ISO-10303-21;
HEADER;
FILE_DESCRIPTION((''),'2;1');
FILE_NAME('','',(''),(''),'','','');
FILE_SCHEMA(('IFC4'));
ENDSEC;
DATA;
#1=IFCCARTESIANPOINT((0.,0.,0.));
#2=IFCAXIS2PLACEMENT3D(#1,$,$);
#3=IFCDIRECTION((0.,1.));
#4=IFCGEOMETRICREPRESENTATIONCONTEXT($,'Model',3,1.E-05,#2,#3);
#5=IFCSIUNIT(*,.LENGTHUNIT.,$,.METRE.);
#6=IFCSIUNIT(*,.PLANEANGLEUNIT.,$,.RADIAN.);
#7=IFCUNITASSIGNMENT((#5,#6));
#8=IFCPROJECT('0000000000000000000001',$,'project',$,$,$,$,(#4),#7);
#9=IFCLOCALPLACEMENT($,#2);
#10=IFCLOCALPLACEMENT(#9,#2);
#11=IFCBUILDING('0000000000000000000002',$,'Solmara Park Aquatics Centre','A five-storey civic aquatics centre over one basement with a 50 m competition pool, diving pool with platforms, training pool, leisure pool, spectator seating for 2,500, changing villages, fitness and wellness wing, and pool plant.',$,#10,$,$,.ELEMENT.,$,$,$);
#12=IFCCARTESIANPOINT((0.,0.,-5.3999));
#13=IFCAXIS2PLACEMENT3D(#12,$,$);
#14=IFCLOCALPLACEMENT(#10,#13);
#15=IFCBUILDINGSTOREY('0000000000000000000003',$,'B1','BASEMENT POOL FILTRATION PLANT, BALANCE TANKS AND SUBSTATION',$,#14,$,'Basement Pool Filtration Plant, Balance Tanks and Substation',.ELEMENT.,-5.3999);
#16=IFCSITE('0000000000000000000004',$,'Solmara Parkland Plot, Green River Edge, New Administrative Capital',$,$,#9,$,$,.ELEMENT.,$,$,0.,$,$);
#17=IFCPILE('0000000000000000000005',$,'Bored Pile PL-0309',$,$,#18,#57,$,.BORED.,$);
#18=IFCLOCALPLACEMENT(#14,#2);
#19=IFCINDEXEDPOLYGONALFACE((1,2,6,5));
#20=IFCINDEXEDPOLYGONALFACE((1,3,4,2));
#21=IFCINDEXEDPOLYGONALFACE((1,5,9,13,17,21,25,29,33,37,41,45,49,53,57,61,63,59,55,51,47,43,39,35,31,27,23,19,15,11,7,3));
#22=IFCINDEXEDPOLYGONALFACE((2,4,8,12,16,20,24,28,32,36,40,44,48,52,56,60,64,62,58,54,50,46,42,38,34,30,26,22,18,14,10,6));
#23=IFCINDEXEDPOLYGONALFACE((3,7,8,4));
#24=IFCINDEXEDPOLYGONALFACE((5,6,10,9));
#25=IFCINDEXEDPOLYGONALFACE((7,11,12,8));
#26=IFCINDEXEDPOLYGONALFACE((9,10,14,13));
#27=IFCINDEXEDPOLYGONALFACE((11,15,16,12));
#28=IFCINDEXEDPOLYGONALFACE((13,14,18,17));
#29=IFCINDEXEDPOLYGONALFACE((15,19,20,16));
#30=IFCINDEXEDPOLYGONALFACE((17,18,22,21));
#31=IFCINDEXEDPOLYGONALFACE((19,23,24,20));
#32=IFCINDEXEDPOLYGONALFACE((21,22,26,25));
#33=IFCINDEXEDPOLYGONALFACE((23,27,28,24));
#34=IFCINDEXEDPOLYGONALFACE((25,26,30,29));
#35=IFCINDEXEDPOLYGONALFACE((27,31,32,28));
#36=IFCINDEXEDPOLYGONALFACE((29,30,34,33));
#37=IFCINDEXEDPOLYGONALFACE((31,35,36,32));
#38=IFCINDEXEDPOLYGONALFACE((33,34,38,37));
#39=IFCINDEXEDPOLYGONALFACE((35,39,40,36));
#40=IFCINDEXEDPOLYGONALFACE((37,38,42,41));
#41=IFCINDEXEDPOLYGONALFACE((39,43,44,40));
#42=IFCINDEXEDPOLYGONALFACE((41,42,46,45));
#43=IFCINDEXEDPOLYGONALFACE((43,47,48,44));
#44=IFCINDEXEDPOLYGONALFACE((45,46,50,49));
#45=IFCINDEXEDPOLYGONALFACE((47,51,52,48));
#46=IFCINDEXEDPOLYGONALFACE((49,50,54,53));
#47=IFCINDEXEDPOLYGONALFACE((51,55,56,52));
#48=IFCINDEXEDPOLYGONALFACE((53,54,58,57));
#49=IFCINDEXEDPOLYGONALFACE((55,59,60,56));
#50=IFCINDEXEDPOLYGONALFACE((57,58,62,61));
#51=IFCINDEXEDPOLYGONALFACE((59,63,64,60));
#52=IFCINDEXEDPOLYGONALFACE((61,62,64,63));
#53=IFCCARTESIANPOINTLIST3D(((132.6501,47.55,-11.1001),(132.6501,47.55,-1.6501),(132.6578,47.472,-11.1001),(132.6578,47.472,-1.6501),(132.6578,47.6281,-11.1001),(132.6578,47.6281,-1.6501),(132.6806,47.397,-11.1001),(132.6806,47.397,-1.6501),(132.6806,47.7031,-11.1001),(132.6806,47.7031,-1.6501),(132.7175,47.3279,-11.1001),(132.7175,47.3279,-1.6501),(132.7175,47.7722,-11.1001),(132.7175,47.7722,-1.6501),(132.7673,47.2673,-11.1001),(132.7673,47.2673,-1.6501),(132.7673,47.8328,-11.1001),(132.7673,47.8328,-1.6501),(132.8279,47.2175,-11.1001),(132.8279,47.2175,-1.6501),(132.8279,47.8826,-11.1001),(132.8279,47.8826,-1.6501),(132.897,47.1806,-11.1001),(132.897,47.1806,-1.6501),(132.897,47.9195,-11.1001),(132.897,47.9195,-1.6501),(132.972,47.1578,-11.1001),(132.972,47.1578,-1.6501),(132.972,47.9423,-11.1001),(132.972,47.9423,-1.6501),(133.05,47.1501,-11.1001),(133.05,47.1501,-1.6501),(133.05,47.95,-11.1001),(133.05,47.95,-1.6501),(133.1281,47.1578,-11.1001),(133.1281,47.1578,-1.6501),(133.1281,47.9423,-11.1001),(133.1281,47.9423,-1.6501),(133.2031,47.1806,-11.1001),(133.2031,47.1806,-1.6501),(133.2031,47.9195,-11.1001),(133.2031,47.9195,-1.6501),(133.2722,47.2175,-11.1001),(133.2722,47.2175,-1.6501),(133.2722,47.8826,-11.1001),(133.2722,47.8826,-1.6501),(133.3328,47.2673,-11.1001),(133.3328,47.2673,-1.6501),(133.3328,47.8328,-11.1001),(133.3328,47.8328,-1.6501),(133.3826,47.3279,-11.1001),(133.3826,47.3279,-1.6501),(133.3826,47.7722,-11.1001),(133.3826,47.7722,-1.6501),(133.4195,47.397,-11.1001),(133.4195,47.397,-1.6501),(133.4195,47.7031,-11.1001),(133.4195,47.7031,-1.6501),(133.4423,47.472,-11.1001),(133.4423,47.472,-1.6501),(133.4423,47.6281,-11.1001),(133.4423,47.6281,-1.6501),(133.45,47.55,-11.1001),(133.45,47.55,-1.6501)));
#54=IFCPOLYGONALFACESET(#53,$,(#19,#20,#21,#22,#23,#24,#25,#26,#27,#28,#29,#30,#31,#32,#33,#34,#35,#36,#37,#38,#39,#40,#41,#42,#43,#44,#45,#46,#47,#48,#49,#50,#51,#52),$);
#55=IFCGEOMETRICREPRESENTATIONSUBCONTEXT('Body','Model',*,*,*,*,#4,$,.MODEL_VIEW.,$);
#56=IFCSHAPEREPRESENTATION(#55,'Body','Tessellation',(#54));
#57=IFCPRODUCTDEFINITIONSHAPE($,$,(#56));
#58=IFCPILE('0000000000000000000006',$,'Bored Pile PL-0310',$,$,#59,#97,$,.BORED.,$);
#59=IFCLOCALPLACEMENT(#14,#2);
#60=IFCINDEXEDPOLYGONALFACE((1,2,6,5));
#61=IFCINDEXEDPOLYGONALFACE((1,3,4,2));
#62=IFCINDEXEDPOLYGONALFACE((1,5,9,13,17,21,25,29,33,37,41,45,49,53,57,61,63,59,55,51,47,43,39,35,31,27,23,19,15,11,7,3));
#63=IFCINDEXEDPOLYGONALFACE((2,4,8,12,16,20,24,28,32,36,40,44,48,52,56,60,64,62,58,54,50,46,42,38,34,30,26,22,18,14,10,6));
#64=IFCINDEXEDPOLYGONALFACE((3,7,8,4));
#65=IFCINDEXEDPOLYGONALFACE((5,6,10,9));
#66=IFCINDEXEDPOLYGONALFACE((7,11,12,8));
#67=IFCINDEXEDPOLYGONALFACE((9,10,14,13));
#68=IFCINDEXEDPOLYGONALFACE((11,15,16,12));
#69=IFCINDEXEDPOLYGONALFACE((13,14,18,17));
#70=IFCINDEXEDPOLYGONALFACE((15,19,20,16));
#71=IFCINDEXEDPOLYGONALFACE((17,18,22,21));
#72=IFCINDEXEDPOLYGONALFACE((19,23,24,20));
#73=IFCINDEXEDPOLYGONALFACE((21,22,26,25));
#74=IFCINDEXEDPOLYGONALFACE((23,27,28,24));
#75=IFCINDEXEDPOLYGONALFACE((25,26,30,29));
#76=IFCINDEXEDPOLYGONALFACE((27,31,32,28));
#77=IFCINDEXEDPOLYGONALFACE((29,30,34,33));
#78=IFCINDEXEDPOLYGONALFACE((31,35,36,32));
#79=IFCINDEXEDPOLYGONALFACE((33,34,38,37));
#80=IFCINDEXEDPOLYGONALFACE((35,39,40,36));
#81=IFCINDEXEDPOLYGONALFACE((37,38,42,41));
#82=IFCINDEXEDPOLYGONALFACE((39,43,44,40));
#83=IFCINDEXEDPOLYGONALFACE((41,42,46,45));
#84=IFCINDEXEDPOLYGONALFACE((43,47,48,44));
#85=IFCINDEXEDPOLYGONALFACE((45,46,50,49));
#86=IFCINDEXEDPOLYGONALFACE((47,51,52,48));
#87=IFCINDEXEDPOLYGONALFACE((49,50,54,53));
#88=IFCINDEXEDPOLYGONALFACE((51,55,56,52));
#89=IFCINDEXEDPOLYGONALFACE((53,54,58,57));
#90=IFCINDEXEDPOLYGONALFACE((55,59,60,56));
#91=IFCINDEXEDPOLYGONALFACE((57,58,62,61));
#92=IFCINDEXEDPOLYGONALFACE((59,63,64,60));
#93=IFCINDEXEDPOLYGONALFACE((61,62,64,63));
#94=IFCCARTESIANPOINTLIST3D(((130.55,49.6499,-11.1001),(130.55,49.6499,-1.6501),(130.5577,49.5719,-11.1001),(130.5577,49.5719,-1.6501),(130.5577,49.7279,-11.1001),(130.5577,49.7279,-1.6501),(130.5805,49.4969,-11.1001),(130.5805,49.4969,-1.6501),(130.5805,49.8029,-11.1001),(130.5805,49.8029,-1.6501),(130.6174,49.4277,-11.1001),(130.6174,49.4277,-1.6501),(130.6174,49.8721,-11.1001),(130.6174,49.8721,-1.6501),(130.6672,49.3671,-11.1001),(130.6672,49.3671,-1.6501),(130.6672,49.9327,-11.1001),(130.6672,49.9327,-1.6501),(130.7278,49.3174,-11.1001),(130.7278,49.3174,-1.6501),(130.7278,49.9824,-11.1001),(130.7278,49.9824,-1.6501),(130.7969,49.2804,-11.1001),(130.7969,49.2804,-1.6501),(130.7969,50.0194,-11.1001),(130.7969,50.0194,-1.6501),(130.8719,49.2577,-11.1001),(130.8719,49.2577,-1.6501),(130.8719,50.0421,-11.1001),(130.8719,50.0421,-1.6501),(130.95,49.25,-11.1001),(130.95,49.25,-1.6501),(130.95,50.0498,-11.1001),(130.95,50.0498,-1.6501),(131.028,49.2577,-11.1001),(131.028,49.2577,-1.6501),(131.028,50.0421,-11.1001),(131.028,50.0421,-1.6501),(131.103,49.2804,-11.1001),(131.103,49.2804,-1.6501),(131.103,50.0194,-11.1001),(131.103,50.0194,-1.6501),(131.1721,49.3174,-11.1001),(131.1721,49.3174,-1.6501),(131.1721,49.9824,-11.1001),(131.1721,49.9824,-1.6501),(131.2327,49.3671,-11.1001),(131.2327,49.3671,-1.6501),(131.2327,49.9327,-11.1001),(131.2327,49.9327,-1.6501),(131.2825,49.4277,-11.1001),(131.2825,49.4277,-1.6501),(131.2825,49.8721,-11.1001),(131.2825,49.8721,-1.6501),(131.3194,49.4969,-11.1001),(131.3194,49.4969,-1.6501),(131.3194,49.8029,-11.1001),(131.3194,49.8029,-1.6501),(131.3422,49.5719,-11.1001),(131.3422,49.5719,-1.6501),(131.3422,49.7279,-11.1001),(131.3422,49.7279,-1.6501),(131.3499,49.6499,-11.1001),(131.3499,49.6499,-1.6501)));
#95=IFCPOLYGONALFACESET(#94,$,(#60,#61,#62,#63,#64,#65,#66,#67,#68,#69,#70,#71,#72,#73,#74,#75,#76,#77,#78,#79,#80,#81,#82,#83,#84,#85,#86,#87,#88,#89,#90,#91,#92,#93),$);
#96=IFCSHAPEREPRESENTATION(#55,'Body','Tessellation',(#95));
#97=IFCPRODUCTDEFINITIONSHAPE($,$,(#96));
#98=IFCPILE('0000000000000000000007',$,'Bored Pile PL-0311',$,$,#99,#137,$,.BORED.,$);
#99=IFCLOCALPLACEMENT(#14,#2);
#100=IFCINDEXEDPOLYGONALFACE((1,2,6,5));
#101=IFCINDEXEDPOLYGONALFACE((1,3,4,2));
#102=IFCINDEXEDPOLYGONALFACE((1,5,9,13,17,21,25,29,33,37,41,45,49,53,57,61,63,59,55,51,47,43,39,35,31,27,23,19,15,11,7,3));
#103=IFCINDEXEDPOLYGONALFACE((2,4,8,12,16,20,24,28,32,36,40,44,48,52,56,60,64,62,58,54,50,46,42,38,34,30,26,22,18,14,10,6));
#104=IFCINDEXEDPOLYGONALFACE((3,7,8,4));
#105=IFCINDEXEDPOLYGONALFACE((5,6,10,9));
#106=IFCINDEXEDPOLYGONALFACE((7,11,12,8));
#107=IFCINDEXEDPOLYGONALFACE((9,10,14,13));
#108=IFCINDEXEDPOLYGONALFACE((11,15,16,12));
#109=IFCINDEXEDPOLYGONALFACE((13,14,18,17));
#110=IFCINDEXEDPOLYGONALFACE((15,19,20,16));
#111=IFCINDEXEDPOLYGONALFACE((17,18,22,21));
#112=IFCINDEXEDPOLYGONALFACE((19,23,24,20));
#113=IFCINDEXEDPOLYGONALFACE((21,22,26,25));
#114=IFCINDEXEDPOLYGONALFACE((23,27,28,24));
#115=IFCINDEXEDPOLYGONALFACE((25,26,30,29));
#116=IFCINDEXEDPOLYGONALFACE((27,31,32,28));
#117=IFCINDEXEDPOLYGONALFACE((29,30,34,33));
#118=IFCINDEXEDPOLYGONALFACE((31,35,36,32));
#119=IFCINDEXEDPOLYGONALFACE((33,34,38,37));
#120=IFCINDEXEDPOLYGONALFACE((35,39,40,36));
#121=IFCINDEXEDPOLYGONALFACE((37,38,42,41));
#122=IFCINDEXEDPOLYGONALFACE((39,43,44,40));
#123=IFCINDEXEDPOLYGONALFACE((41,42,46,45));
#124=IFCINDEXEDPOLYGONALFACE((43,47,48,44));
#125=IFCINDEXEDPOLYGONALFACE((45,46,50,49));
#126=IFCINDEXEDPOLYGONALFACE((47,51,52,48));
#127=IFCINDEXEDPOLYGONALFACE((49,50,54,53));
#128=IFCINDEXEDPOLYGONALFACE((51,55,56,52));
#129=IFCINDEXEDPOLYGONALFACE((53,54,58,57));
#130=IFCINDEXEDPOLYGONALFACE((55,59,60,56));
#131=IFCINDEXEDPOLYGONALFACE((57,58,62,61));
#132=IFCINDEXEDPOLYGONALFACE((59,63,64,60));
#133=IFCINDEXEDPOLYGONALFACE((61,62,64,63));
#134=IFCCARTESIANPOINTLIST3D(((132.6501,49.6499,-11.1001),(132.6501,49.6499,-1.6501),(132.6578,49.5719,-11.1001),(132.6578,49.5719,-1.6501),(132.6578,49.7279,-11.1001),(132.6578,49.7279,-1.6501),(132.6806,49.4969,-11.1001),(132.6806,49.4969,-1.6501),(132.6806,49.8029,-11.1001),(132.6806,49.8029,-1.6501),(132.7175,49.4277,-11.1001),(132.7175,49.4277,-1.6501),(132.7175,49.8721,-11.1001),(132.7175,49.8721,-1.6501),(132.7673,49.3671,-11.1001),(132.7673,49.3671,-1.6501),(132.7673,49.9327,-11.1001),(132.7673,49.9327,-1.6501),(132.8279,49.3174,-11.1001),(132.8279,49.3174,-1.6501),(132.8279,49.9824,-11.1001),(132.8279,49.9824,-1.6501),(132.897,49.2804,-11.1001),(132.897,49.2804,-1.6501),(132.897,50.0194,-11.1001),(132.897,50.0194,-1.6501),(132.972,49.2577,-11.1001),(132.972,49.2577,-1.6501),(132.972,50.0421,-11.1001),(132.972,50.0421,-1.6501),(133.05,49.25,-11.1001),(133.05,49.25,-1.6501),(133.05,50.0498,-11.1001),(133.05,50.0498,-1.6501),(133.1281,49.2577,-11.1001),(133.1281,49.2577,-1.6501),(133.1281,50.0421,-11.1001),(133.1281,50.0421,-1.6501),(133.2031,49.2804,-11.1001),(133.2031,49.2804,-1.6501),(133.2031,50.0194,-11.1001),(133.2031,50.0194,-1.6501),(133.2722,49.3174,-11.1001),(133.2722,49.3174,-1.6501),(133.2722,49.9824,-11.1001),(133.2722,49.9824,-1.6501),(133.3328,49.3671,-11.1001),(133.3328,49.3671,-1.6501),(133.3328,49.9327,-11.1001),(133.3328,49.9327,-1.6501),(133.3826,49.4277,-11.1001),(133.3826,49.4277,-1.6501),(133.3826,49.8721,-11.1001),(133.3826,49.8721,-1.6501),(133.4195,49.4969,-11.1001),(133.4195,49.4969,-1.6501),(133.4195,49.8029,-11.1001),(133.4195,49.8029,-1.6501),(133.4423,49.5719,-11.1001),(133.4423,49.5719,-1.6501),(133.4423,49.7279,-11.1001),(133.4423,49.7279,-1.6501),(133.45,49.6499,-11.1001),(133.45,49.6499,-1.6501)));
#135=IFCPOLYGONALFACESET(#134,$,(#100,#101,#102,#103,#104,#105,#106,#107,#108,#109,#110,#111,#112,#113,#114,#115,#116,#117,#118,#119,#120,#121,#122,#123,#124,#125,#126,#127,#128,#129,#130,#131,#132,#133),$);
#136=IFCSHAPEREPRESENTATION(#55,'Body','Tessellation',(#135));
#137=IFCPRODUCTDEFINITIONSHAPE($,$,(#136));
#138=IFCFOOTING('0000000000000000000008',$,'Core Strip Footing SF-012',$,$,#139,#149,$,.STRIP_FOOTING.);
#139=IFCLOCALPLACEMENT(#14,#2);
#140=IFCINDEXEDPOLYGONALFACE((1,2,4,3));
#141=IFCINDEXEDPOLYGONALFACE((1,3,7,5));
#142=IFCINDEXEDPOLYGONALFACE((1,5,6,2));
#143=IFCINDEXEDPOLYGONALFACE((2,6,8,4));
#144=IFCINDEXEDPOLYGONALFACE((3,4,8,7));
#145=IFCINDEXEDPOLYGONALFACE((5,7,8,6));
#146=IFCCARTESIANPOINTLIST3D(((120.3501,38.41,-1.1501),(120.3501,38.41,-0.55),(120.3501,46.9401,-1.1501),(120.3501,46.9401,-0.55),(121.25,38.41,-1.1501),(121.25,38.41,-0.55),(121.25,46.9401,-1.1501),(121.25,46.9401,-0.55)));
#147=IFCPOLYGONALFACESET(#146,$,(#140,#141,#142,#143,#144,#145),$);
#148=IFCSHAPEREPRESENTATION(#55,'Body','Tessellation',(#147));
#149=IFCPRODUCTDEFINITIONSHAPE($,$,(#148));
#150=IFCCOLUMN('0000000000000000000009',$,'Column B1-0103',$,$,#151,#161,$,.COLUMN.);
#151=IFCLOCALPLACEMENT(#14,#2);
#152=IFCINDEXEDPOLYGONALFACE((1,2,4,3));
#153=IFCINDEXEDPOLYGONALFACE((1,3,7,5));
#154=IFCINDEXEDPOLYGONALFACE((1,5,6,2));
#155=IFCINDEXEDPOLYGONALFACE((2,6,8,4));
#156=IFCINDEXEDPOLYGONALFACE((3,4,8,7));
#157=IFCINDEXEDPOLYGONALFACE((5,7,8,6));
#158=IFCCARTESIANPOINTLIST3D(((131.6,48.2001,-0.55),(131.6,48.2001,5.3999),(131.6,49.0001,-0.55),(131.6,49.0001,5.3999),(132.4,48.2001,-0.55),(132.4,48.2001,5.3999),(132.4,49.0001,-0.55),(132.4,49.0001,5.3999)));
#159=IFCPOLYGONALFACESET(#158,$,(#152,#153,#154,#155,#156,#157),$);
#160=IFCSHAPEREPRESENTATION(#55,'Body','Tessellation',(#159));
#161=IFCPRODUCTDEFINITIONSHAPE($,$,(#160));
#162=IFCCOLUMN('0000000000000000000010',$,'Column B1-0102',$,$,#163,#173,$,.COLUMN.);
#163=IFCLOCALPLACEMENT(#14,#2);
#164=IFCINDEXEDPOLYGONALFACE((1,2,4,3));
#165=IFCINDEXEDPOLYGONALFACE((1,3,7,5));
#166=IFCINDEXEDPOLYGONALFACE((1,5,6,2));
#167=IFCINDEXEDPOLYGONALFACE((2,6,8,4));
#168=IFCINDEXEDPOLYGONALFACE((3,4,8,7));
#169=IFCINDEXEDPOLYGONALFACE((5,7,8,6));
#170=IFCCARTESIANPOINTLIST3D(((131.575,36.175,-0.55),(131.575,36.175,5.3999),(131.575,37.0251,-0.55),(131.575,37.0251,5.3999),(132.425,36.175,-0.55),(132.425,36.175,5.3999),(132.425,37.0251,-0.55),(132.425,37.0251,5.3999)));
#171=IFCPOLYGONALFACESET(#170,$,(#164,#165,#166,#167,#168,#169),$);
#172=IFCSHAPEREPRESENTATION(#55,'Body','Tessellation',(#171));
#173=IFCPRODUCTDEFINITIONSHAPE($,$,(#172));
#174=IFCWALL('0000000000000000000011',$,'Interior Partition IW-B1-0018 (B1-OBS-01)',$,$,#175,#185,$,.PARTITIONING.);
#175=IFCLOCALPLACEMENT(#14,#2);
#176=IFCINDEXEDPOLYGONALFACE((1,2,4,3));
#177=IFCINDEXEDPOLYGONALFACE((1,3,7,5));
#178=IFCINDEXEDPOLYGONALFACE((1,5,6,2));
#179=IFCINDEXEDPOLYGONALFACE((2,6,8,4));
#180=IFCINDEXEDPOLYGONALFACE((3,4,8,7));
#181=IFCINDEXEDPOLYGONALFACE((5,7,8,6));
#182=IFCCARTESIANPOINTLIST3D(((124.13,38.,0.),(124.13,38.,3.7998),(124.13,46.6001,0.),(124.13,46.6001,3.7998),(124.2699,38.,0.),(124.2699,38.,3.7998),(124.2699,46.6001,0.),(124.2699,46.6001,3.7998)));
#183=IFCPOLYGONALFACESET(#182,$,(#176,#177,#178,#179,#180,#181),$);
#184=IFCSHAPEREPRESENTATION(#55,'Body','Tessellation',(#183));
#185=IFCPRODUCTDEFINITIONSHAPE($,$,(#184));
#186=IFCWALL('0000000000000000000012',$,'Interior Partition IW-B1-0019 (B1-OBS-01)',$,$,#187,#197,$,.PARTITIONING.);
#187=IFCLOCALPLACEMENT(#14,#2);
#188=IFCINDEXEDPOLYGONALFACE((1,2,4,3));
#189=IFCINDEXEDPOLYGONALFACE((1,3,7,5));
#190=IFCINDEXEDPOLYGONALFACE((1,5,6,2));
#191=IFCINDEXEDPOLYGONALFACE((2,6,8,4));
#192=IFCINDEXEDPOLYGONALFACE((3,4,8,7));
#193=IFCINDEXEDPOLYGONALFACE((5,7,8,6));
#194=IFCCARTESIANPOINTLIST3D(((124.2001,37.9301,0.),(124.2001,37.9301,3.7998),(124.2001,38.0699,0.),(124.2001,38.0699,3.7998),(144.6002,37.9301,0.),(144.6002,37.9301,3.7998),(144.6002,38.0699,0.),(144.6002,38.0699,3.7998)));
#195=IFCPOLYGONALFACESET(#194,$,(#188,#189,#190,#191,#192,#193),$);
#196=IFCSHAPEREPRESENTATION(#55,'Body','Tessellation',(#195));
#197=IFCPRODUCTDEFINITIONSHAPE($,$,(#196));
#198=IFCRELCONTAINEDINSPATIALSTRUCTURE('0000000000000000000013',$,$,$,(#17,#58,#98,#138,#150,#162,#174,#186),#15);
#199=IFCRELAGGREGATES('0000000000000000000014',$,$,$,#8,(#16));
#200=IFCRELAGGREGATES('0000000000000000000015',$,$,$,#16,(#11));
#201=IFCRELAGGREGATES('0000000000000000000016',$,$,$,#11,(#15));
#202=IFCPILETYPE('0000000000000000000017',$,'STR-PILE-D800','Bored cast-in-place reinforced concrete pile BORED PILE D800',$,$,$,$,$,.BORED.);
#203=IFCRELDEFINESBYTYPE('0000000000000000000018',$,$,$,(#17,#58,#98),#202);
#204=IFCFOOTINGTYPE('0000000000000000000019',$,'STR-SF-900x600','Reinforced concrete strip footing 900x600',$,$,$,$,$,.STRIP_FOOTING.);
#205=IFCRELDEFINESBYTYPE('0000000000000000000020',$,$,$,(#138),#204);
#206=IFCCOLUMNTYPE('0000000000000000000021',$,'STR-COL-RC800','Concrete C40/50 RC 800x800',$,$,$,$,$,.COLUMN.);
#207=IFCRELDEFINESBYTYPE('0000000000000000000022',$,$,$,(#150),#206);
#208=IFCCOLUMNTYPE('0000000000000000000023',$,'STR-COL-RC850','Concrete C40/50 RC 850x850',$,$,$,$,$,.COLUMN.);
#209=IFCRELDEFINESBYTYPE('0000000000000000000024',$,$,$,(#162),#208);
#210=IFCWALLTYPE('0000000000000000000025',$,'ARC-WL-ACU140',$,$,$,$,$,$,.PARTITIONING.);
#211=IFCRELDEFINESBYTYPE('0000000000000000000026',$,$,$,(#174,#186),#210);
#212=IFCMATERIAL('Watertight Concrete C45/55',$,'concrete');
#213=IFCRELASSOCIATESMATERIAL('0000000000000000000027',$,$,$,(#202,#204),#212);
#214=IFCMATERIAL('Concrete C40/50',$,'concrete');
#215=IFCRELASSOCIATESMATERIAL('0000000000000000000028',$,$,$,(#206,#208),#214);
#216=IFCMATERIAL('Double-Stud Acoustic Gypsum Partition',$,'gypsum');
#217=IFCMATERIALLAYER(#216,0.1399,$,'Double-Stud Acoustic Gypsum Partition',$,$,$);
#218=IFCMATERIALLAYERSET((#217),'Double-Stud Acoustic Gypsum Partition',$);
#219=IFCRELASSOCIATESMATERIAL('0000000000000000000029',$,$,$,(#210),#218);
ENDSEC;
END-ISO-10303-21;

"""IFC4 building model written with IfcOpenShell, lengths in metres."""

from ifc_helpers import new_model, si_unit, direction, frame, frame_2d, origin, origin_2d, place, context, subcontext, project, spatial, rectangle, circle, extrude, material, layer, layer_set, material_profile, profile_set, type_object, element, save


model = new_model("IFC4")

# Units and contexts
model_context = context("Model", 3, precision=1e-05, world=origin(), true_north=direction((0.0, 1.0)))
body_context = subcontext(model_context, "Body", "Model", "MODEL_VIEW")
ifc_project = project(units=[si_unit("LENGTHUNIT", "METRE"), si_unit("PLANEANGLEUNIT", "RADIAN")], contexts=[model_context])

# Site, building, storey
site_placement = place(None, origin())
site = spatial("IfcSite", under=ifc_project, at=site_placement, Name="Solmara Parkland Plot, Green River Edge, New Administrative Capital", CompositionType="ELEMENT", RefElevation=0.0)
building_placement = place(site_placement, origin())
building = spatial("IfcBuilding", under=site, at=building_placement, Name="Solmara Park Aquatics Centre", Description="A five-storey civic aquatics centre over one basement with a 50 m competition pool, diving pool with platforms, training pool, leisure pool, spectator seating for 2,500, changing villages, fitness and wellness wing, and pool plant.", CompositionType="ELEMENT")
storey_placement = place(building_placement, frame((0.0, 0.0, -5.3999)))
storey = spatial("IfcBuildingStorey", under=building, at=storey_placement, Name="B1", Description="BASEMENT POOL FILTRATION PLANT, BALANCE TANKS AND SUBSTATION", LongName="Basement Pool Filtration Plant, Balance Tanks and Substation", CompositionType="ELEMENT", Elevation=-5.3999)

# Shared definitions
ifc_material_1 = material(Name="Watertight Concrete C45/55", Category="concrete")

# Piles
ifc_material_profile_1 = material_profile(ifc_material_1, circle(Radius=0.3999, at=origin_2d()), Name="BORED PILE D800")
ifc_profile_set_1 = profile_set([ifc_material_profile_1], Name="Watertight Concrete C45/55")
pile_type_1 = type_object("IfcPileType", Name="STR-PILE-D800", Description="Bored cast-in-place reinforced concrete pile BORED PILE D800", PredefinedType="BORED", material=ifc_profile_set_1)
for number, where, z_axis, x_axis, name in (
    (1, (133.05, 47.55, -1.6501), (0.0, 0.0, -1.0), (1.0, 0.0, 0.0), "Bored Pile PL-0309"),
    (2, (130.95, 49.6499, -1.6501), (0.0, 0.0, -1.0), (1.0, 0.0, 0.0), "Bored Pile PL-0310"),
    (3, (133.05, 49.6499, -1.6501), (0.0, 0.0, -1.0), (1.0, 0.0, 0.0), "Bored Pile PL-0311"),
):
    element("IfcPile", number, at=place(storey_placement, frame(where, z_axis=z_axis, x_axis=x_axis)), inside=storey, type_object=pile_type_1, Name=name, PredefinedType="BORED", context=body_context, shape_type="SweptSolid", body=[
        extrude(circle(Radius=0.3999, at=origin_2d()), origin(), (0.0, 0.0, 1.0), 9.45),
    ])

# Footing
footing_type_1 = type_object("IfcFootingType", Name="STR-SF-900x600", Description="Reinforced concrete strip footing 900x600", PredefinedType="STRIP_FOOTING", material=ifc_material_1)
footing_1_placement = place(storey_placement, frame((120.8, 42.675, -1.1501), z_axis=(0.0, 0.0, 1.0), x_axis=(1.0, 0.0, 0.0)))
element("IfcFooting", 4, at=footing_1_placement, inside=storey, type_object=footing_type_1, Name="Core Strip Footing SF-012", PredefinedType="STRIP_FOOTING", context=body_context, shape_type="SweptSolid", body=[
    extrude(rectangle(XDim=0.8999, YDim=8.53, at=origin_2d()), origin(), (0.0, 0.0, 1.0), 0.6001),
])

# Columns
ifc_material_2 = material(Name="Concrete C40/50", Category="concrete")
ifc_material_profile_2 = material_profile(ifc_material_2, rectangle(XDim=0.8, YDim=0.8, at=origin_2d()), Name="RC 800x800")
ifc_profile_set_2 = profile_set([ifc_material_profile_2], Name="Concrete C40/50")
column_type_1 = type_object("IfcColumnType", Name="STR-COL-RC800", Description="Concrete C40/50 RC 800x800", PredefinedType="COLUMN", material=ifc_profile_set_2)
column_1_placement = place(storey_placement, frame((132.0, 48.6001, -0.55), z_axis=(0.0, 0.0, 1.0), x_axis=(1.0, 0.0, 0.0)))
element("IfcColumn", 5, at=column_1_placement, inside=storey, type_object=column_type_1, Name="Column B1-0103", PredefinedType="COLUMN", context=body_context, shape_type="SweptSolid", body=[
    extrude(rectangle(XDim=0.8, YDim=0.8, at=origin_2d()), origin(), (0.0, 0.0, 1.0), 5.95),
])
ifc_material_profile_3 = material_profile(ifc_material_2, rectangle(XDim=0.8501, YDim=0.8501, at=origin_2d()), Name="RC 850x850")
ifc_profile_set_3 = profile_set([ifc_material_profile_3], Name="Concrete C40/50")
column_type_2 = type_object("IfcColumnType", Name="STR-COL-RC850", Description="Concrete C40/50 RC 850x850", PredefinedType="COLUMN", material=ifc_profile_set_3)
column_2_placement = place(storey_placement, frame((132.0, 36.6001, -0.55), z_axis=(0.0, 0.0, 1.0), x_axis=(1.0, 0.0, 0.0)))
element("IfcColumn", 6, at=column_2_placement, inside=storey, type_object=column_type_2, Name="Column B1-0102", PredefinedType="COLUMN", context=body_context, shape_type="SweptSolid", body=[
    extrude(rectangle(XDim=0.8501, YDim=0.8501, at=origin_2d()), origin(), (0.0, 0.0, 1.0), 5.95),
])

# Walls
ifc_material_3 = material(Name="Double-Stud Acoustic Gypsum Partition", Category="gypsum")
ifc_layer_1 = layer(ifc_material_3, 0.1399, Name="Double-Stud Acoustic Gypsum Partition")
ifc_layer_set_1 = layer_set([ifc_layer_1], Name="Double-Stud Acoustic Gypsum Partition")
wall_type_1 = type_object("IfcWallType", Name="ARC-WL-ACU140", PredefinedType="PARTITIONING", material=ifc_layer_set_1)
wall_1_placement = place(storey_placement, frame((124.2, 38.0, 0.0), z_axis=(0.0, 0.0, 1.0), x_axis=(0.0, 1.0, 0.0)))
element("IfcWall", 7, at=wall_1_placement, inside=storey, type_object=wall_type_1, Name="Interior Partition IW-B1-0018 (B1-OBS-01)", PredefinedType="PARTITIONING", context=body_context, shape_type="SweptSolid", body=[
    extrude(rectangle(XDim=8.6001, YDim=0.1399, at=frame_2d((4.3, 0.0))), origin(), (0.0, 0.0, 1.0), 3.7998),
])
wall_2_placement = place(storey_placement, frame((124.2, 38.0, 0.0), z_axis=(0.0, 0.0, 1.0), x_axis=(1.0, 0.0, 0.0)))
element("IfcWall", 8, at=wall_2_placement, inside=storey, type_object=wall_type_1, Name="Interior Partition IW-B1-0019 (B1-OBS-01)", PredefinedType="PARTITIONING", context=body_context, shape_type="SweptSolid", body=[
    extrude(rectangle(XDim=20.4001, YDim=0.1399, at=frame_2d((10.2002, 0.0))), origin(), (0.0, 0.0, 1.0), 3.7998),
])

save(model, "model.ifc")
